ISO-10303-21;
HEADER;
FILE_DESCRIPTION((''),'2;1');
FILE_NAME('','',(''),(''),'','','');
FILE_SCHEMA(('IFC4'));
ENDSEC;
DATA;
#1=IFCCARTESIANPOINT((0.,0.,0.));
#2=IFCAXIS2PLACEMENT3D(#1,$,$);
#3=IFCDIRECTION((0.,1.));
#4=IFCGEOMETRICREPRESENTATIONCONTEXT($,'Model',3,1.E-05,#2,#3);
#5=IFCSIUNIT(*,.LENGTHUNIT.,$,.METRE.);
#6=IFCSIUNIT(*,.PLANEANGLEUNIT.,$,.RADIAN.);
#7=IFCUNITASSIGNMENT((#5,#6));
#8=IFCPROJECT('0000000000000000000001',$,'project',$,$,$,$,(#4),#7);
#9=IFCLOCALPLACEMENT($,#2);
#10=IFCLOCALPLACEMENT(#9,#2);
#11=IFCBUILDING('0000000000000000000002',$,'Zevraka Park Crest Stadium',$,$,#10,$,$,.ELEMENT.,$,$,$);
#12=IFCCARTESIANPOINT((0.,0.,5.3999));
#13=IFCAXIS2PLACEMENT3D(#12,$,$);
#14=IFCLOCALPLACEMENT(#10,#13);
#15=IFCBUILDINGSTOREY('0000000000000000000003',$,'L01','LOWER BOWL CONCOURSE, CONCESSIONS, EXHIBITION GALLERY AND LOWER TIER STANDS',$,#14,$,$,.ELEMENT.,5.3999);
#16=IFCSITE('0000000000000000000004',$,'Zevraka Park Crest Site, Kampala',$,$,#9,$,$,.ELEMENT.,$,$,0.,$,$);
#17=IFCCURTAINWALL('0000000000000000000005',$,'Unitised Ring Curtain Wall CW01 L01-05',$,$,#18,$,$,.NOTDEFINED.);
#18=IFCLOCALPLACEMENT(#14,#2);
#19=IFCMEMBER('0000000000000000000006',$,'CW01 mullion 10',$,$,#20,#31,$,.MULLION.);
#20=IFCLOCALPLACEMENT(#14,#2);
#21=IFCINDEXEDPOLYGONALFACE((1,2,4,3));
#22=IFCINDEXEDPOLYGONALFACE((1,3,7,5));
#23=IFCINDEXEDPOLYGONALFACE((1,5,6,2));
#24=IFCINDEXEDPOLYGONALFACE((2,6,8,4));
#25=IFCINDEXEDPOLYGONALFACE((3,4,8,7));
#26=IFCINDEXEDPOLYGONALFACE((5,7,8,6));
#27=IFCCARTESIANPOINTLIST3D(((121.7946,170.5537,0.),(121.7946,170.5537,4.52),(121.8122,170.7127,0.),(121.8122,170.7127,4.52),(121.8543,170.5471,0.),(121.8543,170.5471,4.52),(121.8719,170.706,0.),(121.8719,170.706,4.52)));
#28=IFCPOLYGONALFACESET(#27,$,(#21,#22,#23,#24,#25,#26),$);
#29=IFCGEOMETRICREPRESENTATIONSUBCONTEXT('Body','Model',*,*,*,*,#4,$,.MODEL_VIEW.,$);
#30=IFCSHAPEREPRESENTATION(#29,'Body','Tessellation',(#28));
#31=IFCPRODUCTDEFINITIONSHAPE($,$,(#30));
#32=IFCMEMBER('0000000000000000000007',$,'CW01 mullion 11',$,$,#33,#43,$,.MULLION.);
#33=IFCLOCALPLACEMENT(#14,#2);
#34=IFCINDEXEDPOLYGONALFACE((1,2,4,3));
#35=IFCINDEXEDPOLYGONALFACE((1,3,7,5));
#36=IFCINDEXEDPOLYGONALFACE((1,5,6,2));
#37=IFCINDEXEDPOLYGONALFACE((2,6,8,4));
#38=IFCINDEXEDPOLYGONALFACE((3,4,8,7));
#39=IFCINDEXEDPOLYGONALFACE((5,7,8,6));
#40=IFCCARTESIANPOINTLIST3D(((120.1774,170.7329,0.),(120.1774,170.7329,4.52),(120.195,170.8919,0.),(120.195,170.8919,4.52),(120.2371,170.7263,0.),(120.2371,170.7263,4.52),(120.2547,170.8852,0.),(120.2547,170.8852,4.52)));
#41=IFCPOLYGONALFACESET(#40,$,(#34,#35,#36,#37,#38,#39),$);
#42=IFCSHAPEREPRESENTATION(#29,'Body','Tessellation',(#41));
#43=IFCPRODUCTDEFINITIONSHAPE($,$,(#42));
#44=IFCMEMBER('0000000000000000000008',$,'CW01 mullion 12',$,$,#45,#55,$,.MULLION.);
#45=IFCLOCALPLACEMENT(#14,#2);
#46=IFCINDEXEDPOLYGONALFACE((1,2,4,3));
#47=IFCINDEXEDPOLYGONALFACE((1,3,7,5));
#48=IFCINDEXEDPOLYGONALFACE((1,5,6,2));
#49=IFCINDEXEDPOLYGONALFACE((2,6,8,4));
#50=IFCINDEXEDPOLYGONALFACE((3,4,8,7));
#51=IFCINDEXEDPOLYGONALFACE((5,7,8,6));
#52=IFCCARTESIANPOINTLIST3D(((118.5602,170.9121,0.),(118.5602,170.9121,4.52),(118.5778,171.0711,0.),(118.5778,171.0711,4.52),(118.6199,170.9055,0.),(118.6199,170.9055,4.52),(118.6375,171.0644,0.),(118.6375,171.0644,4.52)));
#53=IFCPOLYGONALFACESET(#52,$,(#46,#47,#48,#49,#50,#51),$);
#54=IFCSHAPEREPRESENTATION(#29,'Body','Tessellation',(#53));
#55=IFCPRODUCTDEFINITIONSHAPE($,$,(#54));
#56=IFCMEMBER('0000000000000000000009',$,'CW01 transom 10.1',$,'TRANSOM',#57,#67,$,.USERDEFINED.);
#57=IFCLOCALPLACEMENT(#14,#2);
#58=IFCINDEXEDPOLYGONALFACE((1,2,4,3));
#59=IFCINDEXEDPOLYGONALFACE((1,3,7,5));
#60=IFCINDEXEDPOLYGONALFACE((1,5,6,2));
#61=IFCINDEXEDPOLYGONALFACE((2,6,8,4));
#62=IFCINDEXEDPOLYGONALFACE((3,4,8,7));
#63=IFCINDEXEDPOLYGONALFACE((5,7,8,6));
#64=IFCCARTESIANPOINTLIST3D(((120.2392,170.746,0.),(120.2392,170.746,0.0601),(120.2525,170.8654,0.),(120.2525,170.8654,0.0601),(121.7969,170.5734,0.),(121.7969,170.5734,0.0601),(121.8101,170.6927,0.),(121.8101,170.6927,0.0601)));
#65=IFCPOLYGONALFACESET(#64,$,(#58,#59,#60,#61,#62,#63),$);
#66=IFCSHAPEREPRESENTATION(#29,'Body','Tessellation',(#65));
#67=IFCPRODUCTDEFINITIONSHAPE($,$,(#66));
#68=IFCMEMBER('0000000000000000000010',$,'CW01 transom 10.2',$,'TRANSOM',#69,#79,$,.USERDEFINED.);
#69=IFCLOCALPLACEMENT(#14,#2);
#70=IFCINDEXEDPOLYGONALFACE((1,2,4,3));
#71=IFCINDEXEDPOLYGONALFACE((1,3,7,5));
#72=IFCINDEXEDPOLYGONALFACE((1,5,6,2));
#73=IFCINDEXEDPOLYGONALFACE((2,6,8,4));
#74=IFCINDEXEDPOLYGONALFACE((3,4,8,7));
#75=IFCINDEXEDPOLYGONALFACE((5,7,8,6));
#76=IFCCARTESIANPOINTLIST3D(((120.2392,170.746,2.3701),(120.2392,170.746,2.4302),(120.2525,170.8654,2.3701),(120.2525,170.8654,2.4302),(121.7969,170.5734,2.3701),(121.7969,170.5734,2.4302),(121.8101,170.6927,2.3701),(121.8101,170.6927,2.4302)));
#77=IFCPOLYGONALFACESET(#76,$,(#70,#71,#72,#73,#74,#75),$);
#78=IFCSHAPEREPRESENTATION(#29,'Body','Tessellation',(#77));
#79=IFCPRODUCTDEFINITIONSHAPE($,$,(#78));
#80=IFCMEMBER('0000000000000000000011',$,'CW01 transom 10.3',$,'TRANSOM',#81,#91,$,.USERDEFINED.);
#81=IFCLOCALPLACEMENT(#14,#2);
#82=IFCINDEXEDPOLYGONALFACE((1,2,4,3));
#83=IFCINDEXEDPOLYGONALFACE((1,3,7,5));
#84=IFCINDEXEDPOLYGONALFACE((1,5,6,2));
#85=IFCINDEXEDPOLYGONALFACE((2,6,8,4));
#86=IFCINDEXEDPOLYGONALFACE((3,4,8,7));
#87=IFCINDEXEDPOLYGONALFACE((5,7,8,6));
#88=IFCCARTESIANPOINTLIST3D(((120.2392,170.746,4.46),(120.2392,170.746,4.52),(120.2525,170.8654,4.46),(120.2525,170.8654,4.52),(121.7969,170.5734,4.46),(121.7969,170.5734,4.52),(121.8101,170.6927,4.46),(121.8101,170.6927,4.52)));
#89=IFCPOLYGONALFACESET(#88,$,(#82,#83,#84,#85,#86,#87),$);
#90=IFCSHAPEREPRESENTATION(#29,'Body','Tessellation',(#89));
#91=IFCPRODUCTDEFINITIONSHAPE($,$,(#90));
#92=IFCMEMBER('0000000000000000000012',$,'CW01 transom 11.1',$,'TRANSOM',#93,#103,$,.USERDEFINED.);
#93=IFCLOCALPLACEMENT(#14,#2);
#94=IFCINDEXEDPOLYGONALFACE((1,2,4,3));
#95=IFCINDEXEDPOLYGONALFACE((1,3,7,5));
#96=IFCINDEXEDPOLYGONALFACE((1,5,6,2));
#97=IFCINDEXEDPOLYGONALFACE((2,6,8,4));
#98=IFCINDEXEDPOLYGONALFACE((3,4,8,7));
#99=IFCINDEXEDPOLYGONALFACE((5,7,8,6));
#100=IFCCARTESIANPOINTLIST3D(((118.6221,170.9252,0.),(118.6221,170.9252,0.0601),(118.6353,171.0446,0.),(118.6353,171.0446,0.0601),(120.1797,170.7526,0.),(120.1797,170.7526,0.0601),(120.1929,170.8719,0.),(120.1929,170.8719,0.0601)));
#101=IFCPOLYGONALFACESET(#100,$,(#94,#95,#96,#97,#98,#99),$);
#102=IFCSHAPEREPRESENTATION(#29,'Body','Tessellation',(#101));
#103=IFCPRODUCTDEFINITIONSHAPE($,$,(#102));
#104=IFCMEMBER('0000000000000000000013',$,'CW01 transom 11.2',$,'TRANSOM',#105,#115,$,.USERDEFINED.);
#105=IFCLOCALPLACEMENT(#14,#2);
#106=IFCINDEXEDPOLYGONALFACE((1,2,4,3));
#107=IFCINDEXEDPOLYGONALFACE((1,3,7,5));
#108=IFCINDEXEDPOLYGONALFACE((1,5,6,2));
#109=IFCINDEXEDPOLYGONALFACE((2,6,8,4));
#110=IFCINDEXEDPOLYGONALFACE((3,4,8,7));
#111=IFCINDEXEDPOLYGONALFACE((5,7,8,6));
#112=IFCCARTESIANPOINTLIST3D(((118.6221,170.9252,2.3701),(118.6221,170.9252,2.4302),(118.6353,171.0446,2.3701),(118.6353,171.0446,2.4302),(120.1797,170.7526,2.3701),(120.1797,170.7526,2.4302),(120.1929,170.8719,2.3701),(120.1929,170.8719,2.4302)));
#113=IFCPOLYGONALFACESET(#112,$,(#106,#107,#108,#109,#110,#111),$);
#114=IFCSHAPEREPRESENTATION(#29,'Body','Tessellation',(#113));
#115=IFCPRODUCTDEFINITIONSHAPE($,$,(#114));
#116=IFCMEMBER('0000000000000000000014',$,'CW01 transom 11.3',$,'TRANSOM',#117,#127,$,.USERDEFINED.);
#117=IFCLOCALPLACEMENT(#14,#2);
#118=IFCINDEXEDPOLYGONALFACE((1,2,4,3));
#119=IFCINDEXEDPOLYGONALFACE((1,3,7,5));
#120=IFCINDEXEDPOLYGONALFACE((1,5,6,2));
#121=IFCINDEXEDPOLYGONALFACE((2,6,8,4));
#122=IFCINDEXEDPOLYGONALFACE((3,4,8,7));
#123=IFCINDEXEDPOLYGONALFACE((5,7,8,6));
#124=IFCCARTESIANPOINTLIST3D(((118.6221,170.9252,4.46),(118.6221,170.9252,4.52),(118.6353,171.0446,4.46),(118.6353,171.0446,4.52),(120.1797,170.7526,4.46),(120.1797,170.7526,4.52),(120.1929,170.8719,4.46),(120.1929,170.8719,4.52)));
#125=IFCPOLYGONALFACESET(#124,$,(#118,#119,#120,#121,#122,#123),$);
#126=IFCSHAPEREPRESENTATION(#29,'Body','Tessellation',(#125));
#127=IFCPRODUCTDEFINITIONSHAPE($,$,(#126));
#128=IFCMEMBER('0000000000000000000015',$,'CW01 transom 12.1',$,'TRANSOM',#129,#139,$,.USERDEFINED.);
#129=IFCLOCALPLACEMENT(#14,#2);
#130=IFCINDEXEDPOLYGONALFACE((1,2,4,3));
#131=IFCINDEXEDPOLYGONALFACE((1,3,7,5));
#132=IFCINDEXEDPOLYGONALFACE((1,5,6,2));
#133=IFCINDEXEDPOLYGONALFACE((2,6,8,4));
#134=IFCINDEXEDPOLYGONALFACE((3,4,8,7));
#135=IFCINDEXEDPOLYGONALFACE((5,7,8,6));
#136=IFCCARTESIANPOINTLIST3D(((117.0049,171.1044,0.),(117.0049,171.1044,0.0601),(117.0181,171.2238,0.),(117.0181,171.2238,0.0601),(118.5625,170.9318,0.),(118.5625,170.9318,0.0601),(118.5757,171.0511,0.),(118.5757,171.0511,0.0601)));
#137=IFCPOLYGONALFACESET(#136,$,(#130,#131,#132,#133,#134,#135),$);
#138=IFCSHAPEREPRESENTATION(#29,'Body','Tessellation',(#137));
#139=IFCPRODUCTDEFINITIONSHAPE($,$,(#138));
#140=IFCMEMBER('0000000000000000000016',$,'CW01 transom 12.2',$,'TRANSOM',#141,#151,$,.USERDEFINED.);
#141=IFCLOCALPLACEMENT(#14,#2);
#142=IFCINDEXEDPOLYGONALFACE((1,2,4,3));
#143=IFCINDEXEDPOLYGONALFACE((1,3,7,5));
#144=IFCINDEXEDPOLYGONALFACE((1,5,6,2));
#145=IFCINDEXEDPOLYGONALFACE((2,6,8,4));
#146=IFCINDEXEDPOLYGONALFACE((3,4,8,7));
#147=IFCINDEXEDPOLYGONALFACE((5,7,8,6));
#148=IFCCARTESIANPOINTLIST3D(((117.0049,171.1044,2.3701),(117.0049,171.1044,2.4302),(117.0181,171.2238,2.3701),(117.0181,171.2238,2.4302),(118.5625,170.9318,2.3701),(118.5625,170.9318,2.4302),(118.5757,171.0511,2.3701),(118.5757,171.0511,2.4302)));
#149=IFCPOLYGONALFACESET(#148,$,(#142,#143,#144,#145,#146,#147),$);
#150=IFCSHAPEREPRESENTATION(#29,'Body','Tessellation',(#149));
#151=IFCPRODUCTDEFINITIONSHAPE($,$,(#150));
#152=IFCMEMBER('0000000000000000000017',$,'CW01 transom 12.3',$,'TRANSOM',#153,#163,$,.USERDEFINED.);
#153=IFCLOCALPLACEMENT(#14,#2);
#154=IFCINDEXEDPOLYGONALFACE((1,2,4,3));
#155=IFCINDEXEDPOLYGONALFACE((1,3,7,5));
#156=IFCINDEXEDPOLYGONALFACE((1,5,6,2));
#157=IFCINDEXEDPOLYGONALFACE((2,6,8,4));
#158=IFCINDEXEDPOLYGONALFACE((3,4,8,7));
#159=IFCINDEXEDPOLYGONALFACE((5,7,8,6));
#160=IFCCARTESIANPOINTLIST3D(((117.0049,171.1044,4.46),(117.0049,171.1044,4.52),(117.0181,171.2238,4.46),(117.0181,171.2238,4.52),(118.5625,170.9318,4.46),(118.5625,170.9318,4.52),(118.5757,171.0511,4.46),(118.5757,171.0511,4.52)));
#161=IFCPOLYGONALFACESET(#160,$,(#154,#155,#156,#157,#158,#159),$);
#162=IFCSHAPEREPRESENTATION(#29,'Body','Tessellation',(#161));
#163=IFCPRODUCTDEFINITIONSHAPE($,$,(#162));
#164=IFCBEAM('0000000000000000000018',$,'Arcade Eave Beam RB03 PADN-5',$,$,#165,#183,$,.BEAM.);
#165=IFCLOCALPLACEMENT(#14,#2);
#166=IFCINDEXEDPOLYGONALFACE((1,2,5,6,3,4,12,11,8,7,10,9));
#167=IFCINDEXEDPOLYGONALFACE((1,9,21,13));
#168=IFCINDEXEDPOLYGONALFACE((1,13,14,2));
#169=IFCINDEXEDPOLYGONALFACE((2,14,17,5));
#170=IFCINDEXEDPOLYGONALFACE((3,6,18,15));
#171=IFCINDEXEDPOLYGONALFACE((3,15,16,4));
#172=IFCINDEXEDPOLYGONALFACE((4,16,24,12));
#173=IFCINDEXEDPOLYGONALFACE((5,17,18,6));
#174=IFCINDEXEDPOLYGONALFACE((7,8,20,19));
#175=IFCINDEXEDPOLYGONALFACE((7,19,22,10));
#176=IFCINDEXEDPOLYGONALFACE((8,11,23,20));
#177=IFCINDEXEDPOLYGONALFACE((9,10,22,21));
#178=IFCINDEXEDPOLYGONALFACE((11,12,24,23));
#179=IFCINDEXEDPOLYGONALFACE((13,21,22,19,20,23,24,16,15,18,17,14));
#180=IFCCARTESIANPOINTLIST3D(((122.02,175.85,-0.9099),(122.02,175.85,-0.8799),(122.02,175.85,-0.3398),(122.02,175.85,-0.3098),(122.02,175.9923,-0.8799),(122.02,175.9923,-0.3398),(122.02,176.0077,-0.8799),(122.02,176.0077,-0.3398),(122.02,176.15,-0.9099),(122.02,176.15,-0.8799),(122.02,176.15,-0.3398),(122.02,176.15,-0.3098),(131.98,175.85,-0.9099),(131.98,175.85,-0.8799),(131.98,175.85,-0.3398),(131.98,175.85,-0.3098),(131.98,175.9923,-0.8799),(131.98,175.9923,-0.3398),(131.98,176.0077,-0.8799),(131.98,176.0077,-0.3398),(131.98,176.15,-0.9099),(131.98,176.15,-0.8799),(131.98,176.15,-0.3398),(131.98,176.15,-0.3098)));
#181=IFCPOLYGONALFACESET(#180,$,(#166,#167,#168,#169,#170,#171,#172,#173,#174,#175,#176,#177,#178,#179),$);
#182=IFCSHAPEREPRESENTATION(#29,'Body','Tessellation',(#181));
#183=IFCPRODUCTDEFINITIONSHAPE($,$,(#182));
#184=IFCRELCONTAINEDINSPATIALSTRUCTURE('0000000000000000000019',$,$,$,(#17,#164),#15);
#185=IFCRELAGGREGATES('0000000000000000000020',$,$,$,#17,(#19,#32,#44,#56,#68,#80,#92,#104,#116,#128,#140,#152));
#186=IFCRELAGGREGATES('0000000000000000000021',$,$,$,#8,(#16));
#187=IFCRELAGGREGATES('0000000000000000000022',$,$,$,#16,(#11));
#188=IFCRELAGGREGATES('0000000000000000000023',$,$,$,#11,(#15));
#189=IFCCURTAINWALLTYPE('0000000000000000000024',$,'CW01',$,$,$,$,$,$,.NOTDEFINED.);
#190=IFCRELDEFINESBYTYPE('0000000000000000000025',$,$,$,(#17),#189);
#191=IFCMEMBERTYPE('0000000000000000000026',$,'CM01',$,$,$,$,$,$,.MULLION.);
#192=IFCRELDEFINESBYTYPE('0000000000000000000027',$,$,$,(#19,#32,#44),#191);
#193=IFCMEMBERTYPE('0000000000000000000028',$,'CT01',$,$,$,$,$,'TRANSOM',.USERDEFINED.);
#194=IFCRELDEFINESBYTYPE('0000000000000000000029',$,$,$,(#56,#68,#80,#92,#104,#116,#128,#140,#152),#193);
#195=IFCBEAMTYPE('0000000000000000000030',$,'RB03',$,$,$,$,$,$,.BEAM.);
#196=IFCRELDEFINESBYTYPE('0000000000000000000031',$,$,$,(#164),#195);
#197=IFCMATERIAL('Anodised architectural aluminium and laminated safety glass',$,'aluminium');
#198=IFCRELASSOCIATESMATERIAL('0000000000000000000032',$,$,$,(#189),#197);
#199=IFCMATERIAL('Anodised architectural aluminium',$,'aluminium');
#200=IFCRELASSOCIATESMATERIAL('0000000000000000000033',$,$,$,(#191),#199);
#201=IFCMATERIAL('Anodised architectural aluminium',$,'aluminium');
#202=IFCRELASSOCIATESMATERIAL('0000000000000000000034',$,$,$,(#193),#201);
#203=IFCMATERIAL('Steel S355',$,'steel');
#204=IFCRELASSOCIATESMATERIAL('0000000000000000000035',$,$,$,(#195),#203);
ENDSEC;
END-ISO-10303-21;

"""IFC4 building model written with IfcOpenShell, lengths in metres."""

from ifc_helpers import new_model, si_unit, direction, frame, origin, origin_2d, place, context, subcontext, project, spatial, rectangle, i_section, extrude, material, material_profile, profile_set, type_object, element, aggregate, save


model = new_model("IFC4")

# Units and contexts
model_context = context("Model", 3, precision=1e-05, world=origin(), true_north=direction((0.0, 1.0)))
body_context = subcontext(model_context, "Body", "Model", "MODEL_VIEW")
ifc_project = project(units=[si_unit("LENGTHUNIT", "METRE"), si_unit("PLANEANGLEUNIT", "RADIAN")], contexts=[model_context])

# Site, building, storey
site_placement = place(None, origin())
site = spatial("IfcSite", under=ifc_project, at=site_placement, Name="Zevraka Park Crest Site, Kampala", CompositionType="ELEMENT", RefElevation=0.0)
building_placement = place(site_placement, origin())
building = spatial("IfcBuilding", under=site, at=building_placement, Name="Zevraka Park Crest Stadium", CompositionType="ELEMENT")
storey_placement = place(building_placement, frame((0.0, 0.0, 5.3999)))
storey = spatial("IfcBuildingStorey", under=building, at=storey_placement, Name="L01", Description="LOWER BOWL CONCOURSE, CONCESSIONS, EXHIBITION GALLERY AND LOWER TIER STANDS", CompositionType="ELEMENT", Elevation=5.3999)

# Curtain wall, members
ifc_material_1 = material(Name="Anodised architectural aluminium and laminated safety glass", Category="aluminium")
curtain_wall_type = type_object("IfcCurtainWallType", Name="CW01", PredefinedType="NOTDEFINED", material=ifc_material_1)
curtain_wall_placement = place(storey_placement, origin())
curtain_wall = element("IfcCurtainWall", 1, at=curtain_wall_placement, inside=storey, type_object=curtain_wall_type, Name="Unitised Ring Curtain Wall CW01 L01-05", PredefinedType="NOTDEFINED")
ifc_material_2 = material(Name="Anodised architectural aluminium", Category="aluminium")
ifc_material_profile_1 = material_profile(ifc_material_2, rectangle(XDim=0.1599, YDim=0.0601, at=origin_2d()), Name="ALU MULLION 160x60")
ifc_profile_set_1 = profile_set([ifc_material_profile_1], Name="Anodised architectural aluminium")
member_type_1 = type_object("IfcMemberType", Name="CM01", PredefinedType="MULLION", material=ifc_profile_set_1)
member_1_placement = place(storey_placement, frame((121.8333, 170.6299, 0.0), z_axis=(0.0, 0.0, 1.0), x_axis=(-0.110135, -0.993917, 0.0)))
member_1 = element("IfcMember", 2, at=member_1_placement, type_object=member_type_1, Name="CW01 mullion 10", PredefinedType="MULLION", context=body_context, shape_type="SweptSolid", body=[
    extrude(rectangle(XDim=0.1599, YDim=0.0601, at=origin_2d()), origin(), (0.0, 0.0, 1.0), 4.52),
])
member_2_placement = place(storey_placement, frame((120.2161, 170.8091, 0.0), z_axis=(0.0, 0.0, 1.0), x_axis=(-0.110135, -0.993917, 0.0)))
member_2 = element("IfcMember", 3, at=member_2_placement, type_object=member_type_1, Name="CW01 mullion 11", PredefinedType="MULLION", context=body_context, shape_type="SweptSolid", body=[
    extrude(rectangle(XDim=0.1599, YDim=0.0601, at=origin_2d()), origin(), (0.0, 0.0, 1.0), 4.52),
])
member_3_placement = place(storey_placement, frame((118.5989, 170.9883, 0.0), z_axis=(0.0, 0.0, 1.0), x_axis=(-0.110135, -0.993917, 0.0)))
member_3 = element("IfcMember", 4, at=member_3_placement, type_object=member_type_1, Name="CW01 mullion 12", PredefinedType="MULLION", context=body_context, shape_type="SweptSolid", body=[
    extrude(rectangle(XDim=0.1599, YDim=0.0601, at=origin_2d()), origin(), (0.0, 0.0, 1.0), 4.52),
])
ifc_material_3 = material(Name="Anodised architectural aluminium", Category="aluminium")
ifc_material_profile_2 = material_profile(ifc_material_3, rectangle(XDim=0.1201, YDim=0.0601, at=origin_2d()), Name="ALU TRANSOM 120x60")
ifc_profile_set_2 = profile_set([ifc_material_profile_2], Name="Anodised architectural aluminium")
member_type_2 = type_object("IfcMemberType", Name="CT01", ElementType="TRANSOM", PredefinedType="USERDEFINED", material=ifc_profile_set_2)
member_4_placement = place(storey_placement, frame((121.8035, 170.6331, 0.03), z_axis=(-0.993916, 0.110141, 0.0), x_axis=(-0.110141, -0.993916, 0.0)))
member_4 = element("IfcMember", 5, at=member_4_placement, type_object=member_type_2, Name="CW01 transom 10.1", ObjectType="TRANSOM", PredefinedType="USERDEFINED", context=body_context, shape_type="SweptSolid", body=[
    extrude(rectangle(XDim=0.1201, YDim=0.0601, at=origin_2d()), origin(), (0.0, 0.0, 1.0), 1.5671),
])
member_5_placement = place(storey_placement, frame((121.8035, 170.6331, 2.4001), z_axis=(-0.993916, 0.110141, 0.0), x_axis=(-0.110141, -0.993916, 0.0)))
member_5 = element("IfcMember", 6, at=member_5_placement, type_object=member_type_2, Name="CW01 transom 10.2", ObjectType="TRANSOM", PredefinedType="USERDEFINED", context=body_context, shape_type="SweptSolid", body=[
    extrude(rectangle(XDim=0.1201, YDim=0.0601, at=origin_2d()), origin(), (0.0, 0.0, 1.0), 1.5671),
])
member_6_placement = place(storey_placement, frame((121.8035, 170.6331, 4.49), z_axis=(-0.993916, 0.110141, 0.0), x_axis=(-0.110141, -0.993916, 0.0)))
member_6 = element("IfcMember", 7, at=member_6_placement, type_object=member_type_2, Name="CW01 transom 10.3", ObjectType="TRANSOM", PredefinedType="USERDEFINED", context=body_context, shape_type="SweptSolid", body=[
    extrude(rectangle(XDim=0.1201, YDim=0.0601, at=origin_2d()), origin(), (0.0, 0.0, 1.0), 1.5671),
])
member_7_placement = place(storey_placement, frame((120.1863, 170.8123, 0.03), z_axis=(-0.993916, 0.110141, 0.0), x_axis=(-0.110141, -0.993916, 0.0)))
member_7 = element("IfcMember", 8, at=member_7_placement, type_object=member_type_2, Name="CW01 transom 11.1", ObjectType="TRANSOM", PredefinedType="USERDEFINED", context=body_context, shape_type="SweptSolid", body=[
    extrude(rectangle(XDim=0.1201, YDim=0.0601, at=origin_2d()), origin(), (0.0, 0.0, 1.0), 1.5671),
])
member_8_placement = place(storey_placement, frame((120.1863, 170.8123, 2.4001), z_axis=(-0.993916, 0.110141, 0.0), x_axis=(-0.110141, -0.993916, 0.0)))
member_8 = element("IfcMember", 9, at=member_8_placement, type_object=member_type_2, Name="CW01 transom 11.2", ObjectType="TRANSOM", PredefinedType="USERDEFINED", context=body_context, shape_type="SweptSolid", body=[
    extrude(rectangle(XDim=0.1201, YDim=0.0601, at=origin_2d()), origin(), (0.0, 0.0, 1.0), 1.5671),
])
member_9_placement = place(storey_placement, frame((120.1863, 170.8123, 4.49), z_axis=(-0.993916, 0.110141, 0.0), x_axis=(-0.110141, -0.993916, 0.0)))
member_9 = element("IfcMember", 10, at=member_9_placement, type_object=member_type_2, Name="CW01 transom 11.3", ObjectType="TRANSOM", PredefinedType="USERDEFINED", context=body_context, shape_type="SweptSolid", body=[
    extrude(rectangle(XDim=0.1201, YDim=0.0601, at=origin_2d()), origin(), (0.0, 0.0, 1.0), 1.5671),
])
member_10_placement = place(storey_placement, frame((118.5691, 170.9915, 0.03), z_axis=(-0.993916, 0.110141, 0.0), x_axis=(-0.110141, -0.993916, 0.0)))
member_10 = element("IfcMember", 11, at=member_10_placement, type_object=member_type_2, Name="CW01 transom 12.1", ObjectType="TRANSOM", PredefinedType="USERDEFINED", context=body_context, shape_type="SweptSolid", body=[
    extrude(rectangle(XDim=0.1201, YDim=0.0601, at=origin_2d()), origin(), (0.0, 0.0, 1.0), 1.5671),
])
member_11_placement = place(storey_placement, frame((118.5691, 170.9915, 2.4001), z_axis=(-0.993916, 0.110141, 0.0), x_axis=(-0.110141, -0.993916, 0.0)))
member_11 = element("IfcMember", 12, at=member_11_placement, type_object=member_type_2, Name="CW01 transom 12.2", ObjectType="TRANSOM", PredefinedType="USERDEFINED", context=body_context, shape_type="SweptSolid", body=[
    extrude(rectangle(XDim=0.1201, YDim=0.0601, at=origin_2d()), origin(), (0.0, 0.0, 1.0), 1.5671),
])
member_12_placement = place(storey_placement, frame((118.5691, 170.9915, 4.49), z_axis=(-0.993916, 0.110141, 0.0), x_axis=(-0.110141, -0.993916, 0.0)))
member_12 = element("IfcMember", 13, at=member_12_placement, type_object=member_type_2, Name="CW01 transom 12.3", ObjectType="TRANSOM", PredefinedType="USERDEFINED", context=body_context, shape_type="SweptSolid", body=[
    extrude(rectangle(XDim=0.1201, YDim=0.0601, at=origin_2d()), origin(), (0.0, 0.0, 1.0), 1.5671),
])

# Beam
ifc_material_4 = material(Name="Steel S355", Category="steel")
ifc_material_profile_3 = material_profile(ifc_material_4, i_section(OverallWidth=0.3, OverallDepth=0.6001, WebThickness=0.0154, FlangeThickness=0.03, at=origin_2d()), Name="HEB 600")
ifc_profile_set_3 = profile_set([ifc_material_profile_3], Name="Steel S355")
beam_type = type_object("IfcBeamType", Name="RB03", PredefinedType="BEAM", material=ifc_profile_set_3)
beam_placement = place(storey_placement, frame((122.02, 176.0, -0.6099), z_axis=(1.0, 0.0, 0.0), x_axis=(0.0, 1.0, 0.0)))
element("IfcBeam", 14, at=beam_placement, inside=storey, type_object=beam_type, Name="Arcade Eave Beam RB03 PADN-5", PredefinedType="BEAM", context=body_context, shape_type="SweptSolid", body=[
    extrude(i_section(OverallWidth=0.3, OverallDepth=0.6001, WebThickness=0.0154, FlangeThickness=0.03, at=origin_2d()), origin(), (0.0, 0.0, 1.0), 9.96),
])

aggregate(curtain_wall, [member_1, member_2, member_3, member_4, member_5, member_6, member_7, member_8, member_9, member_10, member_11, member_12])

save(model, "model.ifc")
